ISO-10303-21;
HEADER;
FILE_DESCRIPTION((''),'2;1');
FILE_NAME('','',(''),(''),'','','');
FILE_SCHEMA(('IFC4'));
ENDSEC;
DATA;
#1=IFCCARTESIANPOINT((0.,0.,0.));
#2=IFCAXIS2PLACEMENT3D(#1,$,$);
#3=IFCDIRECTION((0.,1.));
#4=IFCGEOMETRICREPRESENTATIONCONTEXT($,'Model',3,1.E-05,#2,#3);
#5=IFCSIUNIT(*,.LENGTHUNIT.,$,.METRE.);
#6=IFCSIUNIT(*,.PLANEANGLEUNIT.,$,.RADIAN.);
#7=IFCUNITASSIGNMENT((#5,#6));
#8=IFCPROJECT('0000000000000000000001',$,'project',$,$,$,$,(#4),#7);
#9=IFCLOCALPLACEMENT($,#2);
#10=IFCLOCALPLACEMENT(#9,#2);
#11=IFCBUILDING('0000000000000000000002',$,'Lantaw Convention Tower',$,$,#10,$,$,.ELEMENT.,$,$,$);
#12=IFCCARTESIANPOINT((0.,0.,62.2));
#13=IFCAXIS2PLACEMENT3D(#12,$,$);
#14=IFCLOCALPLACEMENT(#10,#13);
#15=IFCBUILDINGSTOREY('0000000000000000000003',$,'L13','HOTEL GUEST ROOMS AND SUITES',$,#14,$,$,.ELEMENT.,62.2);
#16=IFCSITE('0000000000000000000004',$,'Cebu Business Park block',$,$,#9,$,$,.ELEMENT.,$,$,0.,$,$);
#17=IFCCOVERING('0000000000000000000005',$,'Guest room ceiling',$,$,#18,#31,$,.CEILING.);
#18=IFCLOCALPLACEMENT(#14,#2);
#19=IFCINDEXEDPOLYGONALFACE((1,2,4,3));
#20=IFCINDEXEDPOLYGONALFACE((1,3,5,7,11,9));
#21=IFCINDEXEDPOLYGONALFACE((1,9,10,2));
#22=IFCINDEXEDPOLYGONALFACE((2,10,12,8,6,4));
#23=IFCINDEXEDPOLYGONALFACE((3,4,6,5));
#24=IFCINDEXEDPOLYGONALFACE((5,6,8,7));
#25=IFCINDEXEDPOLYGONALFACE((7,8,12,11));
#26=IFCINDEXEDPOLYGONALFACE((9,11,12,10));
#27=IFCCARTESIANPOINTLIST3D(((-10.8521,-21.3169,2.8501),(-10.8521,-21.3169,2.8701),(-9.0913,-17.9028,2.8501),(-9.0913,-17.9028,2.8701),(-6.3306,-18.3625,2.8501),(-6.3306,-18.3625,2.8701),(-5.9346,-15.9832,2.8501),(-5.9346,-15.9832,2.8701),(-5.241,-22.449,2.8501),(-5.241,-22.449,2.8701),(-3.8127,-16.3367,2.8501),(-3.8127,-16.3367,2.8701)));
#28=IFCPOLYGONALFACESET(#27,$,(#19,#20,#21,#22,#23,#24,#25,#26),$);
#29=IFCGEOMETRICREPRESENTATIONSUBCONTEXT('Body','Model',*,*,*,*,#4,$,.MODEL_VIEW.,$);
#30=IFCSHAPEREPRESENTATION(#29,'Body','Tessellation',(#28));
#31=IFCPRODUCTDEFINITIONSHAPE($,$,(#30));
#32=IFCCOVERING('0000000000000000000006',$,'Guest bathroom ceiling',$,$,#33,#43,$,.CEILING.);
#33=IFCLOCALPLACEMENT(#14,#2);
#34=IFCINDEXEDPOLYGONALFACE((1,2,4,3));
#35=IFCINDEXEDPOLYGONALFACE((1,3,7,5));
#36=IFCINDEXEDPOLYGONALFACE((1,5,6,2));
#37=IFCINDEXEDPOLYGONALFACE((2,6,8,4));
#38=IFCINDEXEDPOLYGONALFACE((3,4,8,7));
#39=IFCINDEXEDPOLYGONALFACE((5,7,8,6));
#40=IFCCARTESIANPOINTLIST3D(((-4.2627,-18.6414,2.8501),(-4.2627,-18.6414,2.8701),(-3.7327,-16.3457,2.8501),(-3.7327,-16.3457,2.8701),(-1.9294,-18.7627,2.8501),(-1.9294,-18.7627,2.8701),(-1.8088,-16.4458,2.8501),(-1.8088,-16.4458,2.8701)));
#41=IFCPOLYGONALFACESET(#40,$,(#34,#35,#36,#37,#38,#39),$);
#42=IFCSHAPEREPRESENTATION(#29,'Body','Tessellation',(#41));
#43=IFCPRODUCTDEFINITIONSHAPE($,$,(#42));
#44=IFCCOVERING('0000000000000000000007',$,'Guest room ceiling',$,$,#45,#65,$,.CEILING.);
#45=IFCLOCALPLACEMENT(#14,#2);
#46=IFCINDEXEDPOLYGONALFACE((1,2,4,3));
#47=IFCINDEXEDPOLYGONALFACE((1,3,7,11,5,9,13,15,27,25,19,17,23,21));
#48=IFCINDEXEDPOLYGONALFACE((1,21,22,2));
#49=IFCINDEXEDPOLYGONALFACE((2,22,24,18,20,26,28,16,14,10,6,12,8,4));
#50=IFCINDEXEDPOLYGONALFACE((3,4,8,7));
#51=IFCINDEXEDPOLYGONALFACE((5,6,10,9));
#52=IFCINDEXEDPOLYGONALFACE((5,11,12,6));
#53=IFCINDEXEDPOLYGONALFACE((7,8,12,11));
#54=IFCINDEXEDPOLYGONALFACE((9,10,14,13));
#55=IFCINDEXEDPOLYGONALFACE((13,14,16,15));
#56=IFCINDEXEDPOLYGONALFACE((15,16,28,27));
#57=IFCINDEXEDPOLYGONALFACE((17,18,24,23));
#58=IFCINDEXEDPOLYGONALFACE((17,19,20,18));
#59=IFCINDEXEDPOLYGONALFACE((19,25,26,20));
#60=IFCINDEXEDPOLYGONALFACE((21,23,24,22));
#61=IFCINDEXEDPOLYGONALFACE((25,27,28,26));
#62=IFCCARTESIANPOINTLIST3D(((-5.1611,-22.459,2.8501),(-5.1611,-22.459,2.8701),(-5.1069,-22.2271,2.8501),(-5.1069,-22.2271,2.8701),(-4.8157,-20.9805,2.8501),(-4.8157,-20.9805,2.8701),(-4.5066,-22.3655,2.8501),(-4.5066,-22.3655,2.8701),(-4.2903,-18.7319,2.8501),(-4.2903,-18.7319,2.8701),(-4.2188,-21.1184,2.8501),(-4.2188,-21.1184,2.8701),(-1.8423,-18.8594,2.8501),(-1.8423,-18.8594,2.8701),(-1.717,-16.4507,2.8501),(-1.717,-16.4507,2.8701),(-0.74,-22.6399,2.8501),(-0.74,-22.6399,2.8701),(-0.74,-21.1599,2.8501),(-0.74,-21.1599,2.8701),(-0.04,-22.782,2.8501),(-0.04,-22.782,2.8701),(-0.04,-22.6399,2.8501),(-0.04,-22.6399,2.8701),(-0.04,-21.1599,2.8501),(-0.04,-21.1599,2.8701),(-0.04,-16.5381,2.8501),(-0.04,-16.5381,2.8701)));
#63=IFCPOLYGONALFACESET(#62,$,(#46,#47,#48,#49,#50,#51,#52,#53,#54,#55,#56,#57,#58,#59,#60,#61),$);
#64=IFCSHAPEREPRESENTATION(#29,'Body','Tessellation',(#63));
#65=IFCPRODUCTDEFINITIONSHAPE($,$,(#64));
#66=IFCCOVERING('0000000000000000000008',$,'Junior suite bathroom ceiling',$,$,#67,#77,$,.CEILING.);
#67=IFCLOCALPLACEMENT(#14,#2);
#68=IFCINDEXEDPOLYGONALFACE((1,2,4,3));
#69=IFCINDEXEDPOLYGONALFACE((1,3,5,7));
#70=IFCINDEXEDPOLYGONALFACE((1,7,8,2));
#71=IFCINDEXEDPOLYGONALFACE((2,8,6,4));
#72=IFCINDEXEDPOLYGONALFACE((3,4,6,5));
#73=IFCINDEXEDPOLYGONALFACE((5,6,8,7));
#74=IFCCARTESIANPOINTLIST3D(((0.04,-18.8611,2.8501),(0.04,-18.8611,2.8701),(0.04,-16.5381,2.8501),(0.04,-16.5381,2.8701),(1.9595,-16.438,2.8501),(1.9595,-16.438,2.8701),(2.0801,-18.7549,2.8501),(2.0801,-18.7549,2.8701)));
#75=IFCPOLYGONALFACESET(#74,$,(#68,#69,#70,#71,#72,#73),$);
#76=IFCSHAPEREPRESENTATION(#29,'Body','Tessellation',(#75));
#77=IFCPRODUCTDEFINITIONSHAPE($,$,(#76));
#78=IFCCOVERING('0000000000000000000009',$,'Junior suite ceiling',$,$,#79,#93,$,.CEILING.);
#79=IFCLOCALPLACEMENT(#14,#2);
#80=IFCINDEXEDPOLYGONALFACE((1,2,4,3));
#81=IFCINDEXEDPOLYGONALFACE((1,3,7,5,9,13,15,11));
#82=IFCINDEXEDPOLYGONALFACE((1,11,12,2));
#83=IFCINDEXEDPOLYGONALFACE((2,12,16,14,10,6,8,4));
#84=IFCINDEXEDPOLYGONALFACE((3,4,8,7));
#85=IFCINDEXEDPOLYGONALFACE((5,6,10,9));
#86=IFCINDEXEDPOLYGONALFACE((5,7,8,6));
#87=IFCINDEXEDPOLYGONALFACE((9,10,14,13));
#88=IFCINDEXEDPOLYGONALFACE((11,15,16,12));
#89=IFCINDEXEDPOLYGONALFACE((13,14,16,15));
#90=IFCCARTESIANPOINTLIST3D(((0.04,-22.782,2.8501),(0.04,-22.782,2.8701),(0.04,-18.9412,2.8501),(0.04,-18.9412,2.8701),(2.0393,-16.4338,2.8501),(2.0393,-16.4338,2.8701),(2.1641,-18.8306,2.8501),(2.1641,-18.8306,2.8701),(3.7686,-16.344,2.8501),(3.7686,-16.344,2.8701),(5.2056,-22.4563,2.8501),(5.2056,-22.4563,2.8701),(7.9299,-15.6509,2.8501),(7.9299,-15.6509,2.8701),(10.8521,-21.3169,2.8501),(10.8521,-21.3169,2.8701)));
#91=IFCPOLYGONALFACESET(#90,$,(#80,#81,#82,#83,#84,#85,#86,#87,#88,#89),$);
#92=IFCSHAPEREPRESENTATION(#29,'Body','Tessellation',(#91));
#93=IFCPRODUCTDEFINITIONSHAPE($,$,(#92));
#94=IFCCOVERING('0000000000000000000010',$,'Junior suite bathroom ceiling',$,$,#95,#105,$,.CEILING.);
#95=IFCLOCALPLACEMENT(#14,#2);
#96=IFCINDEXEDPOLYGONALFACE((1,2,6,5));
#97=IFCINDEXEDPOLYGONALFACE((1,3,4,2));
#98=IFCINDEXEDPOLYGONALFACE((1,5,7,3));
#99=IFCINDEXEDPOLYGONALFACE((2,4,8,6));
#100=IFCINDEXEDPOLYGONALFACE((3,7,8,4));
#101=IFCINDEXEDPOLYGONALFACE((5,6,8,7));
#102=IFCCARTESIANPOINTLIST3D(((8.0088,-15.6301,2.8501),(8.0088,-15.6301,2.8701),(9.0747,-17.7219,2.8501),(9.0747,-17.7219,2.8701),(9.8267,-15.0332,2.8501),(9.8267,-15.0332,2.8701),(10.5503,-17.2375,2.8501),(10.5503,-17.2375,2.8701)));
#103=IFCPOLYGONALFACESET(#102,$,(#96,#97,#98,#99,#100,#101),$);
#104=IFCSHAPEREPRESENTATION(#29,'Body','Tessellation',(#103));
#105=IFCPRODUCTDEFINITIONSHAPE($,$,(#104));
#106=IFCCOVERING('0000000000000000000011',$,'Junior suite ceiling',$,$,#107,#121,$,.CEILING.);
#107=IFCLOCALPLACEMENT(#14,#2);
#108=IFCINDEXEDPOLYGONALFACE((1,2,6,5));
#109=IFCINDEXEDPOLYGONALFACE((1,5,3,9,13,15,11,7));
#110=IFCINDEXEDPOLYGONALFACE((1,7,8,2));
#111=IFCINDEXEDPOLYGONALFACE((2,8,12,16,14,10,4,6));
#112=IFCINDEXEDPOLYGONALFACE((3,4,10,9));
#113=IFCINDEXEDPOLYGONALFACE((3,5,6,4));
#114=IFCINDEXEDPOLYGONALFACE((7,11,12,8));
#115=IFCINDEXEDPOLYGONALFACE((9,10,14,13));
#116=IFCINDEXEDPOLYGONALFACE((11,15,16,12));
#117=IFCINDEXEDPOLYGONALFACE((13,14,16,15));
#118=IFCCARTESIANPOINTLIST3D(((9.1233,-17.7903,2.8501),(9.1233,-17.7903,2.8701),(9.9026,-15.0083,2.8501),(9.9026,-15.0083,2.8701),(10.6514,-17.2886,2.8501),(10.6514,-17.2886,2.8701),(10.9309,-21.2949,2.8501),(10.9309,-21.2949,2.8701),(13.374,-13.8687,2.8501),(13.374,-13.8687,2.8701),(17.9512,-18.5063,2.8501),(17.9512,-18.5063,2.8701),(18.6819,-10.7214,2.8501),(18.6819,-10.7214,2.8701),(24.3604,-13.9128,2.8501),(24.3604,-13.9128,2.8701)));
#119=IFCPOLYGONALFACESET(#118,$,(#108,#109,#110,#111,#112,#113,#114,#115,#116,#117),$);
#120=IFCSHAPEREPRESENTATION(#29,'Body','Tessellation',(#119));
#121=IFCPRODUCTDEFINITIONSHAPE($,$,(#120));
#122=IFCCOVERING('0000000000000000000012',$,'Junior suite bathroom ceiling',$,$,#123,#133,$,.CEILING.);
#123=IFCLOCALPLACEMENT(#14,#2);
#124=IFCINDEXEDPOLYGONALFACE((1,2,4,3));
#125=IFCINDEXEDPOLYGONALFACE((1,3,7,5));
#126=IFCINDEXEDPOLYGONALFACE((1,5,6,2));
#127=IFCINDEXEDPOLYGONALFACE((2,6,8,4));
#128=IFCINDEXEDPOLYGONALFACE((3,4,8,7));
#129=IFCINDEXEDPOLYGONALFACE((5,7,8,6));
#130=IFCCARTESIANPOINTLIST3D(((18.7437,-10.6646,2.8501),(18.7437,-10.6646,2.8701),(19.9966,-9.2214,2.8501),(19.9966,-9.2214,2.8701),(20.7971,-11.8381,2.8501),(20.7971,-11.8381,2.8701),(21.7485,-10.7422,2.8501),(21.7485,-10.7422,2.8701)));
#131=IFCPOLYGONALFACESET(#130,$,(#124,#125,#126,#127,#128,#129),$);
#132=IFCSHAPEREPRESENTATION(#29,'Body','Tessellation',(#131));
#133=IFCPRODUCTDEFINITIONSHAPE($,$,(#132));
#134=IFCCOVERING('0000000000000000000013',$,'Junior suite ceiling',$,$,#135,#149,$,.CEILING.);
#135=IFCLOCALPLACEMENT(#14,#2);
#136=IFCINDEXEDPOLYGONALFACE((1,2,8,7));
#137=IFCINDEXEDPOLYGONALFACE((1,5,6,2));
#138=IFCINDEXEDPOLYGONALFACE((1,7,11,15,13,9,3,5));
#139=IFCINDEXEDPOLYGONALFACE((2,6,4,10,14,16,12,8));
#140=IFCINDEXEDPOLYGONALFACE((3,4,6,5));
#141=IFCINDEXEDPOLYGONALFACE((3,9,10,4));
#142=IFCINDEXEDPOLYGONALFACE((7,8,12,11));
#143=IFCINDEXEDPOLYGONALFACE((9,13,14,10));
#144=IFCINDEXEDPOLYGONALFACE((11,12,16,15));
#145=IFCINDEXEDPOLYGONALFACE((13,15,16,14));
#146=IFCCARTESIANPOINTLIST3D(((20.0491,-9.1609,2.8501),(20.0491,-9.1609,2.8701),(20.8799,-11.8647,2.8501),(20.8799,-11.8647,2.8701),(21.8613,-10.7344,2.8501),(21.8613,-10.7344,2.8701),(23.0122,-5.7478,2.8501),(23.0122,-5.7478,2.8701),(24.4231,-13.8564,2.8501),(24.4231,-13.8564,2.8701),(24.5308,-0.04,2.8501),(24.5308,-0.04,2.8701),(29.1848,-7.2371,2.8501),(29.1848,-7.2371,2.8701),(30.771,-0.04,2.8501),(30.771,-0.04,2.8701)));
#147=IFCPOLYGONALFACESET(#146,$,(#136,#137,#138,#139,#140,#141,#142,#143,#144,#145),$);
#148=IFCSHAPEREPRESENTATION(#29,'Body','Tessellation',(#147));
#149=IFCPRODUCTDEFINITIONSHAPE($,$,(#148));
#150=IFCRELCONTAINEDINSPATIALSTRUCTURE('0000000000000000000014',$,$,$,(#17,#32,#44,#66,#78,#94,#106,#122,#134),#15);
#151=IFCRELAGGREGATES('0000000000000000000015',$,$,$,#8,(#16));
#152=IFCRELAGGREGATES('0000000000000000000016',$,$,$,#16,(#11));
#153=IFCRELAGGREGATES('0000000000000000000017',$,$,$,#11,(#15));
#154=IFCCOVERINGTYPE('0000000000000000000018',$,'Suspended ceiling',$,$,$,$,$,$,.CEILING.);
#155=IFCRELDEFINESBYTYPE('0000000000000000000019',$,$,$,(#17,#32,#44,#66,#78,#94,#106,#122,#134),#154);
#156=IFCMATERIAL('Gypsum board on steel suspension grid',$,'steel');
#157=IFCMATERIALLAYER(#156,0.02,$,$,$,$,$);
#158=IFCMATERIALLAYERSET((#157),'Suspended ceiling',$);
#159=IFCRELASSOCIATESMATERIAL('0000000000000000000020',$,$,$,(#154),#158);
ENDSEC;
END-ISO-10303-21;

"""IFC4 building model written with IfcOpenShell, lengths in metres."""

from ifc_helpers import new_model, si_unit, direction, frame, origin, place, context, subcontext, project, spatial, polyline, outline, extrude, material, layer, layer_set, type_object, element, save


model = new_model("IFC4")

# Units and contexts
model_context = context("Model", 3, precision=1e-05, world=origin(), true_north=direction((0.0, 1.0)))
body_context = subcontext(model_context, "Body", "Model", "MODEL_VIEW")
ifc_project = project(units=[si_unit("LENGTHUNIT", "METRE"), si_unit("PLANEANGLEUNIT", "RADIAN")], contexts=[model_context])

# Site, building, storey
site_placement = place(None, origin())
site = spatial("IfcSite", under=ifc_project, at=site_placement, Name="Cebu Business Park block", CompositionType="ELEMENT", RefElevation=0.0)
building_placement = place(site_placement, origin())
building = spatial("IfcBuilding", under=site, at=building_placement, Name="Lantaw Convention Tower", CompositionType="ELEMENT")
storey_placement = place(building_placement, frame((0.0, 0.0, 62.2)))
storey = spatial("IfcBuildingStorey", under=building, at=storey_placement, Name="L13", Description="HOTEL GUEST ROOMS AND SUITES", CompositionType="ELEMENT", Elevation=62.2)

# Coverings
ifc_material_1 = material(Name="Gypsum board on steel suspension grid", Category="steel")
ifc_layer_1 = layer(ifc_material_1, 0.02)
ifc_layer_set_1 = layer_set([ifc_layer_1], Name="Suspended ceiling")
covering_type = type_object("IfcCoveringType", Name="Suspended ceiling", PredefinedType="CEILING", material=ifc_layer_set_1)
covering_1_placement = place(storey_placement, frame((0.0, 0.0, 2.8501)))
element("IfcCovering", 1, at=covering_1_placement, inside=storey, type_object=covering_type, Name="Guest room ceiling", PredefinedType="CEILING", context=body_context, shape_type="SweptSolid", body=[
    extrude(outline(polyline([(-9.0913, -17.9028), (-10.8521, -21.3169), (-5.241, -22.449), (-3.8127, -16.3367), (-5.9346, -15.9832), (-6.3306, -18.3625), (-9.0913, -17.9028)])), origin(), (0.0, 0.0, 1.0), 0.02),
])
covering_2_placement = place(storey_placement, frame((0.0, 0.0, 2.8501)))
element("IfcCovering", 2, at=covering_2_placement, inside=storey, type_object=covering_type, Name="Guest bathroom ceiling", PredefinedType="CEILING", context=body_context, shape_type="SweptSolid", body=[
    extrude(outline(polyline([(-3.7327, -16.3457), (-4.2627, -18.6414), (-1.9294, -18.7627), (-1.8088, -16.4458), (-3.7327, -16.3457)])), origin(), (0.0, 0.0, 1.0), 0.02),
])
covering_3_placement = place(storey_placement, frame((0.0, 0.0, 2.8501)))
element("IfcCovering", 3, at=covering_3_placement, inside=storey, type_object=covering_type, Name="Guest room ceiling", PredefinedType="CEILING", context=body_context, shape_type="SweptSolid", body=[
    extrude(outline(polyline([(-0.04, -16.5381), (-1.717, -16.4507), (-1.8423, -18.8594), (-4.2903, -18.7319), (-4.8157, -20.9805), (-4.2188, -21.1184), (-4.5066, -22.3655), (-5.1069, -22.2271), (-5.1611, -22.459), (-0.04, -22.782), (-0.04, -22.6399), (-0.74, -22.6399), (-0.74, -21.1599), (-0.04, -21.1599), (-0.04, -16.5381)])), origin(), (0.0, 0.0, 1.0), 0.02),
])
covering_4_placement = place(storey_placement, frame((0.0, 0.0, 2.8501)))
element("IfcCovering", 4, at=covering_4_placement, inside=storey, type_object=covering_type, Name="Junior suite bathroom ceiling", PredefinedType="CEILING", context=body_context, shape_type="SweptSolid", body=[
    extrude(outline(polyline([(0.04, -16.5381), (0.04, -18.8611), (2.0801, -18.7549), (1.9595, -16.438), (0.04, -16.5381)])), origin(), (0.0, 0.0, 1.0), 0.02),
])
covering_5_placement = place(storey_placement, frame((0.0, 0.0, 2.8501)))
element("IfcCovering", 5, at=covering_5_placement, inside=storey, type_object=covering_type, Name="Junior suite ceiling", PredefinedType="CEILING", context=body_context, shape_type="SweptSolid", body=[
    extrude(outline(polyline([(3.7686, -16.344), (2.0393, -16.4338), (2.1641, -18.8306), (0.04, -18.9412), (0.04, -22.782), (5.2056, -22.4563), (10.8521, -21.3169), (7.9299, -15.6509), (3.7686, -16.344)])), origin(), (0.0, 0.0, 1.0), 0.02),
])
covering_6_placement = place(storey_placement, frame((0.0, 0.0, 2.8501)))
element("IfcCovering", 6, at=covering_6_placement, inside=storey, type_object=covering_type, Name="Junior suite bathroom ceiling", PredefinedType="CEILING", context=body_context, shape_type="SweptSolid", body=[
    extrude(outline(polyline([(8.0088, -15.6301), (9.0747, -17.7219), (10.5503, -17.2375), (9.8267, -15.0332), (8.0088, -15.6301)])), origin(), (0.0, 0.0, 1.0), 0.02),
])
covering_7_placement = place(storey_placement, frame((0.0, 0.0, 2.8501)))
element("IfcCovering", 7, at=covering_7_placement, inside=storey, type_object=covering_type, Name="Junior suite ceiling", PredefinedType="CEILING", context=body_context, shape_type="SweptSolid", body=[
    extrude(outline(polyline([(13.374, -13.8687), (9.9026, -15.0083), (10.6514, -17.2886), (9.1233, -17.7903), (10.9309, -21.2949), (17.9512, -18.5063), (24.3604, -13.9128), (18.6819, -10.7214), (13.374, -13.8687)])), origin(), (0.0, 0.0, 1.0), 0.02),
])
covering_8_placement = place(storey_placement, frame((0.0, 0.0, 2.8501)))
element("IfcCovering", 8, at=covering_8_placement, inside=storey, type_object=covering_type, Name="Junior suite bathroom ceiling", PredefinedType="CEILING", context=body_context, shape_type="SweptSolid", body=[
    extrude(outline(polyline([(18.7437, -10.6646), (20.7971, -11.8381), (21.7485, -10.7422), (19.9966, -9.2214), (18.7437, -10.6646)])), origin(), (0.0, 0.0, 1.0), 0.02),
])
covering_9_placement = place(storey_placement, frame((0.0, 0.0, 2.8501)))
element("IfcCovering", 9, at=covering_9_placement, inside=storey, type_object=covering_type, Name="Junior suite ceiling", PredefinedType="CEILING", context=body_context, shape_type="SweptSolid", body=[
    extrude(outline(polyline([(23.0122, -5.7478), (20.0491, -9.1609), (21.8613, -10.7344), (20.8799, -11.8647), (24.4231, -13.8564), (29.1848, -7.2371), (30.771, -0.04), (24.5308, -0.04), (23.0122, -5.7478)])), origin(), (0.0, 0.0, 1.0), 0.02),
])

save(model, "model.ifc")
